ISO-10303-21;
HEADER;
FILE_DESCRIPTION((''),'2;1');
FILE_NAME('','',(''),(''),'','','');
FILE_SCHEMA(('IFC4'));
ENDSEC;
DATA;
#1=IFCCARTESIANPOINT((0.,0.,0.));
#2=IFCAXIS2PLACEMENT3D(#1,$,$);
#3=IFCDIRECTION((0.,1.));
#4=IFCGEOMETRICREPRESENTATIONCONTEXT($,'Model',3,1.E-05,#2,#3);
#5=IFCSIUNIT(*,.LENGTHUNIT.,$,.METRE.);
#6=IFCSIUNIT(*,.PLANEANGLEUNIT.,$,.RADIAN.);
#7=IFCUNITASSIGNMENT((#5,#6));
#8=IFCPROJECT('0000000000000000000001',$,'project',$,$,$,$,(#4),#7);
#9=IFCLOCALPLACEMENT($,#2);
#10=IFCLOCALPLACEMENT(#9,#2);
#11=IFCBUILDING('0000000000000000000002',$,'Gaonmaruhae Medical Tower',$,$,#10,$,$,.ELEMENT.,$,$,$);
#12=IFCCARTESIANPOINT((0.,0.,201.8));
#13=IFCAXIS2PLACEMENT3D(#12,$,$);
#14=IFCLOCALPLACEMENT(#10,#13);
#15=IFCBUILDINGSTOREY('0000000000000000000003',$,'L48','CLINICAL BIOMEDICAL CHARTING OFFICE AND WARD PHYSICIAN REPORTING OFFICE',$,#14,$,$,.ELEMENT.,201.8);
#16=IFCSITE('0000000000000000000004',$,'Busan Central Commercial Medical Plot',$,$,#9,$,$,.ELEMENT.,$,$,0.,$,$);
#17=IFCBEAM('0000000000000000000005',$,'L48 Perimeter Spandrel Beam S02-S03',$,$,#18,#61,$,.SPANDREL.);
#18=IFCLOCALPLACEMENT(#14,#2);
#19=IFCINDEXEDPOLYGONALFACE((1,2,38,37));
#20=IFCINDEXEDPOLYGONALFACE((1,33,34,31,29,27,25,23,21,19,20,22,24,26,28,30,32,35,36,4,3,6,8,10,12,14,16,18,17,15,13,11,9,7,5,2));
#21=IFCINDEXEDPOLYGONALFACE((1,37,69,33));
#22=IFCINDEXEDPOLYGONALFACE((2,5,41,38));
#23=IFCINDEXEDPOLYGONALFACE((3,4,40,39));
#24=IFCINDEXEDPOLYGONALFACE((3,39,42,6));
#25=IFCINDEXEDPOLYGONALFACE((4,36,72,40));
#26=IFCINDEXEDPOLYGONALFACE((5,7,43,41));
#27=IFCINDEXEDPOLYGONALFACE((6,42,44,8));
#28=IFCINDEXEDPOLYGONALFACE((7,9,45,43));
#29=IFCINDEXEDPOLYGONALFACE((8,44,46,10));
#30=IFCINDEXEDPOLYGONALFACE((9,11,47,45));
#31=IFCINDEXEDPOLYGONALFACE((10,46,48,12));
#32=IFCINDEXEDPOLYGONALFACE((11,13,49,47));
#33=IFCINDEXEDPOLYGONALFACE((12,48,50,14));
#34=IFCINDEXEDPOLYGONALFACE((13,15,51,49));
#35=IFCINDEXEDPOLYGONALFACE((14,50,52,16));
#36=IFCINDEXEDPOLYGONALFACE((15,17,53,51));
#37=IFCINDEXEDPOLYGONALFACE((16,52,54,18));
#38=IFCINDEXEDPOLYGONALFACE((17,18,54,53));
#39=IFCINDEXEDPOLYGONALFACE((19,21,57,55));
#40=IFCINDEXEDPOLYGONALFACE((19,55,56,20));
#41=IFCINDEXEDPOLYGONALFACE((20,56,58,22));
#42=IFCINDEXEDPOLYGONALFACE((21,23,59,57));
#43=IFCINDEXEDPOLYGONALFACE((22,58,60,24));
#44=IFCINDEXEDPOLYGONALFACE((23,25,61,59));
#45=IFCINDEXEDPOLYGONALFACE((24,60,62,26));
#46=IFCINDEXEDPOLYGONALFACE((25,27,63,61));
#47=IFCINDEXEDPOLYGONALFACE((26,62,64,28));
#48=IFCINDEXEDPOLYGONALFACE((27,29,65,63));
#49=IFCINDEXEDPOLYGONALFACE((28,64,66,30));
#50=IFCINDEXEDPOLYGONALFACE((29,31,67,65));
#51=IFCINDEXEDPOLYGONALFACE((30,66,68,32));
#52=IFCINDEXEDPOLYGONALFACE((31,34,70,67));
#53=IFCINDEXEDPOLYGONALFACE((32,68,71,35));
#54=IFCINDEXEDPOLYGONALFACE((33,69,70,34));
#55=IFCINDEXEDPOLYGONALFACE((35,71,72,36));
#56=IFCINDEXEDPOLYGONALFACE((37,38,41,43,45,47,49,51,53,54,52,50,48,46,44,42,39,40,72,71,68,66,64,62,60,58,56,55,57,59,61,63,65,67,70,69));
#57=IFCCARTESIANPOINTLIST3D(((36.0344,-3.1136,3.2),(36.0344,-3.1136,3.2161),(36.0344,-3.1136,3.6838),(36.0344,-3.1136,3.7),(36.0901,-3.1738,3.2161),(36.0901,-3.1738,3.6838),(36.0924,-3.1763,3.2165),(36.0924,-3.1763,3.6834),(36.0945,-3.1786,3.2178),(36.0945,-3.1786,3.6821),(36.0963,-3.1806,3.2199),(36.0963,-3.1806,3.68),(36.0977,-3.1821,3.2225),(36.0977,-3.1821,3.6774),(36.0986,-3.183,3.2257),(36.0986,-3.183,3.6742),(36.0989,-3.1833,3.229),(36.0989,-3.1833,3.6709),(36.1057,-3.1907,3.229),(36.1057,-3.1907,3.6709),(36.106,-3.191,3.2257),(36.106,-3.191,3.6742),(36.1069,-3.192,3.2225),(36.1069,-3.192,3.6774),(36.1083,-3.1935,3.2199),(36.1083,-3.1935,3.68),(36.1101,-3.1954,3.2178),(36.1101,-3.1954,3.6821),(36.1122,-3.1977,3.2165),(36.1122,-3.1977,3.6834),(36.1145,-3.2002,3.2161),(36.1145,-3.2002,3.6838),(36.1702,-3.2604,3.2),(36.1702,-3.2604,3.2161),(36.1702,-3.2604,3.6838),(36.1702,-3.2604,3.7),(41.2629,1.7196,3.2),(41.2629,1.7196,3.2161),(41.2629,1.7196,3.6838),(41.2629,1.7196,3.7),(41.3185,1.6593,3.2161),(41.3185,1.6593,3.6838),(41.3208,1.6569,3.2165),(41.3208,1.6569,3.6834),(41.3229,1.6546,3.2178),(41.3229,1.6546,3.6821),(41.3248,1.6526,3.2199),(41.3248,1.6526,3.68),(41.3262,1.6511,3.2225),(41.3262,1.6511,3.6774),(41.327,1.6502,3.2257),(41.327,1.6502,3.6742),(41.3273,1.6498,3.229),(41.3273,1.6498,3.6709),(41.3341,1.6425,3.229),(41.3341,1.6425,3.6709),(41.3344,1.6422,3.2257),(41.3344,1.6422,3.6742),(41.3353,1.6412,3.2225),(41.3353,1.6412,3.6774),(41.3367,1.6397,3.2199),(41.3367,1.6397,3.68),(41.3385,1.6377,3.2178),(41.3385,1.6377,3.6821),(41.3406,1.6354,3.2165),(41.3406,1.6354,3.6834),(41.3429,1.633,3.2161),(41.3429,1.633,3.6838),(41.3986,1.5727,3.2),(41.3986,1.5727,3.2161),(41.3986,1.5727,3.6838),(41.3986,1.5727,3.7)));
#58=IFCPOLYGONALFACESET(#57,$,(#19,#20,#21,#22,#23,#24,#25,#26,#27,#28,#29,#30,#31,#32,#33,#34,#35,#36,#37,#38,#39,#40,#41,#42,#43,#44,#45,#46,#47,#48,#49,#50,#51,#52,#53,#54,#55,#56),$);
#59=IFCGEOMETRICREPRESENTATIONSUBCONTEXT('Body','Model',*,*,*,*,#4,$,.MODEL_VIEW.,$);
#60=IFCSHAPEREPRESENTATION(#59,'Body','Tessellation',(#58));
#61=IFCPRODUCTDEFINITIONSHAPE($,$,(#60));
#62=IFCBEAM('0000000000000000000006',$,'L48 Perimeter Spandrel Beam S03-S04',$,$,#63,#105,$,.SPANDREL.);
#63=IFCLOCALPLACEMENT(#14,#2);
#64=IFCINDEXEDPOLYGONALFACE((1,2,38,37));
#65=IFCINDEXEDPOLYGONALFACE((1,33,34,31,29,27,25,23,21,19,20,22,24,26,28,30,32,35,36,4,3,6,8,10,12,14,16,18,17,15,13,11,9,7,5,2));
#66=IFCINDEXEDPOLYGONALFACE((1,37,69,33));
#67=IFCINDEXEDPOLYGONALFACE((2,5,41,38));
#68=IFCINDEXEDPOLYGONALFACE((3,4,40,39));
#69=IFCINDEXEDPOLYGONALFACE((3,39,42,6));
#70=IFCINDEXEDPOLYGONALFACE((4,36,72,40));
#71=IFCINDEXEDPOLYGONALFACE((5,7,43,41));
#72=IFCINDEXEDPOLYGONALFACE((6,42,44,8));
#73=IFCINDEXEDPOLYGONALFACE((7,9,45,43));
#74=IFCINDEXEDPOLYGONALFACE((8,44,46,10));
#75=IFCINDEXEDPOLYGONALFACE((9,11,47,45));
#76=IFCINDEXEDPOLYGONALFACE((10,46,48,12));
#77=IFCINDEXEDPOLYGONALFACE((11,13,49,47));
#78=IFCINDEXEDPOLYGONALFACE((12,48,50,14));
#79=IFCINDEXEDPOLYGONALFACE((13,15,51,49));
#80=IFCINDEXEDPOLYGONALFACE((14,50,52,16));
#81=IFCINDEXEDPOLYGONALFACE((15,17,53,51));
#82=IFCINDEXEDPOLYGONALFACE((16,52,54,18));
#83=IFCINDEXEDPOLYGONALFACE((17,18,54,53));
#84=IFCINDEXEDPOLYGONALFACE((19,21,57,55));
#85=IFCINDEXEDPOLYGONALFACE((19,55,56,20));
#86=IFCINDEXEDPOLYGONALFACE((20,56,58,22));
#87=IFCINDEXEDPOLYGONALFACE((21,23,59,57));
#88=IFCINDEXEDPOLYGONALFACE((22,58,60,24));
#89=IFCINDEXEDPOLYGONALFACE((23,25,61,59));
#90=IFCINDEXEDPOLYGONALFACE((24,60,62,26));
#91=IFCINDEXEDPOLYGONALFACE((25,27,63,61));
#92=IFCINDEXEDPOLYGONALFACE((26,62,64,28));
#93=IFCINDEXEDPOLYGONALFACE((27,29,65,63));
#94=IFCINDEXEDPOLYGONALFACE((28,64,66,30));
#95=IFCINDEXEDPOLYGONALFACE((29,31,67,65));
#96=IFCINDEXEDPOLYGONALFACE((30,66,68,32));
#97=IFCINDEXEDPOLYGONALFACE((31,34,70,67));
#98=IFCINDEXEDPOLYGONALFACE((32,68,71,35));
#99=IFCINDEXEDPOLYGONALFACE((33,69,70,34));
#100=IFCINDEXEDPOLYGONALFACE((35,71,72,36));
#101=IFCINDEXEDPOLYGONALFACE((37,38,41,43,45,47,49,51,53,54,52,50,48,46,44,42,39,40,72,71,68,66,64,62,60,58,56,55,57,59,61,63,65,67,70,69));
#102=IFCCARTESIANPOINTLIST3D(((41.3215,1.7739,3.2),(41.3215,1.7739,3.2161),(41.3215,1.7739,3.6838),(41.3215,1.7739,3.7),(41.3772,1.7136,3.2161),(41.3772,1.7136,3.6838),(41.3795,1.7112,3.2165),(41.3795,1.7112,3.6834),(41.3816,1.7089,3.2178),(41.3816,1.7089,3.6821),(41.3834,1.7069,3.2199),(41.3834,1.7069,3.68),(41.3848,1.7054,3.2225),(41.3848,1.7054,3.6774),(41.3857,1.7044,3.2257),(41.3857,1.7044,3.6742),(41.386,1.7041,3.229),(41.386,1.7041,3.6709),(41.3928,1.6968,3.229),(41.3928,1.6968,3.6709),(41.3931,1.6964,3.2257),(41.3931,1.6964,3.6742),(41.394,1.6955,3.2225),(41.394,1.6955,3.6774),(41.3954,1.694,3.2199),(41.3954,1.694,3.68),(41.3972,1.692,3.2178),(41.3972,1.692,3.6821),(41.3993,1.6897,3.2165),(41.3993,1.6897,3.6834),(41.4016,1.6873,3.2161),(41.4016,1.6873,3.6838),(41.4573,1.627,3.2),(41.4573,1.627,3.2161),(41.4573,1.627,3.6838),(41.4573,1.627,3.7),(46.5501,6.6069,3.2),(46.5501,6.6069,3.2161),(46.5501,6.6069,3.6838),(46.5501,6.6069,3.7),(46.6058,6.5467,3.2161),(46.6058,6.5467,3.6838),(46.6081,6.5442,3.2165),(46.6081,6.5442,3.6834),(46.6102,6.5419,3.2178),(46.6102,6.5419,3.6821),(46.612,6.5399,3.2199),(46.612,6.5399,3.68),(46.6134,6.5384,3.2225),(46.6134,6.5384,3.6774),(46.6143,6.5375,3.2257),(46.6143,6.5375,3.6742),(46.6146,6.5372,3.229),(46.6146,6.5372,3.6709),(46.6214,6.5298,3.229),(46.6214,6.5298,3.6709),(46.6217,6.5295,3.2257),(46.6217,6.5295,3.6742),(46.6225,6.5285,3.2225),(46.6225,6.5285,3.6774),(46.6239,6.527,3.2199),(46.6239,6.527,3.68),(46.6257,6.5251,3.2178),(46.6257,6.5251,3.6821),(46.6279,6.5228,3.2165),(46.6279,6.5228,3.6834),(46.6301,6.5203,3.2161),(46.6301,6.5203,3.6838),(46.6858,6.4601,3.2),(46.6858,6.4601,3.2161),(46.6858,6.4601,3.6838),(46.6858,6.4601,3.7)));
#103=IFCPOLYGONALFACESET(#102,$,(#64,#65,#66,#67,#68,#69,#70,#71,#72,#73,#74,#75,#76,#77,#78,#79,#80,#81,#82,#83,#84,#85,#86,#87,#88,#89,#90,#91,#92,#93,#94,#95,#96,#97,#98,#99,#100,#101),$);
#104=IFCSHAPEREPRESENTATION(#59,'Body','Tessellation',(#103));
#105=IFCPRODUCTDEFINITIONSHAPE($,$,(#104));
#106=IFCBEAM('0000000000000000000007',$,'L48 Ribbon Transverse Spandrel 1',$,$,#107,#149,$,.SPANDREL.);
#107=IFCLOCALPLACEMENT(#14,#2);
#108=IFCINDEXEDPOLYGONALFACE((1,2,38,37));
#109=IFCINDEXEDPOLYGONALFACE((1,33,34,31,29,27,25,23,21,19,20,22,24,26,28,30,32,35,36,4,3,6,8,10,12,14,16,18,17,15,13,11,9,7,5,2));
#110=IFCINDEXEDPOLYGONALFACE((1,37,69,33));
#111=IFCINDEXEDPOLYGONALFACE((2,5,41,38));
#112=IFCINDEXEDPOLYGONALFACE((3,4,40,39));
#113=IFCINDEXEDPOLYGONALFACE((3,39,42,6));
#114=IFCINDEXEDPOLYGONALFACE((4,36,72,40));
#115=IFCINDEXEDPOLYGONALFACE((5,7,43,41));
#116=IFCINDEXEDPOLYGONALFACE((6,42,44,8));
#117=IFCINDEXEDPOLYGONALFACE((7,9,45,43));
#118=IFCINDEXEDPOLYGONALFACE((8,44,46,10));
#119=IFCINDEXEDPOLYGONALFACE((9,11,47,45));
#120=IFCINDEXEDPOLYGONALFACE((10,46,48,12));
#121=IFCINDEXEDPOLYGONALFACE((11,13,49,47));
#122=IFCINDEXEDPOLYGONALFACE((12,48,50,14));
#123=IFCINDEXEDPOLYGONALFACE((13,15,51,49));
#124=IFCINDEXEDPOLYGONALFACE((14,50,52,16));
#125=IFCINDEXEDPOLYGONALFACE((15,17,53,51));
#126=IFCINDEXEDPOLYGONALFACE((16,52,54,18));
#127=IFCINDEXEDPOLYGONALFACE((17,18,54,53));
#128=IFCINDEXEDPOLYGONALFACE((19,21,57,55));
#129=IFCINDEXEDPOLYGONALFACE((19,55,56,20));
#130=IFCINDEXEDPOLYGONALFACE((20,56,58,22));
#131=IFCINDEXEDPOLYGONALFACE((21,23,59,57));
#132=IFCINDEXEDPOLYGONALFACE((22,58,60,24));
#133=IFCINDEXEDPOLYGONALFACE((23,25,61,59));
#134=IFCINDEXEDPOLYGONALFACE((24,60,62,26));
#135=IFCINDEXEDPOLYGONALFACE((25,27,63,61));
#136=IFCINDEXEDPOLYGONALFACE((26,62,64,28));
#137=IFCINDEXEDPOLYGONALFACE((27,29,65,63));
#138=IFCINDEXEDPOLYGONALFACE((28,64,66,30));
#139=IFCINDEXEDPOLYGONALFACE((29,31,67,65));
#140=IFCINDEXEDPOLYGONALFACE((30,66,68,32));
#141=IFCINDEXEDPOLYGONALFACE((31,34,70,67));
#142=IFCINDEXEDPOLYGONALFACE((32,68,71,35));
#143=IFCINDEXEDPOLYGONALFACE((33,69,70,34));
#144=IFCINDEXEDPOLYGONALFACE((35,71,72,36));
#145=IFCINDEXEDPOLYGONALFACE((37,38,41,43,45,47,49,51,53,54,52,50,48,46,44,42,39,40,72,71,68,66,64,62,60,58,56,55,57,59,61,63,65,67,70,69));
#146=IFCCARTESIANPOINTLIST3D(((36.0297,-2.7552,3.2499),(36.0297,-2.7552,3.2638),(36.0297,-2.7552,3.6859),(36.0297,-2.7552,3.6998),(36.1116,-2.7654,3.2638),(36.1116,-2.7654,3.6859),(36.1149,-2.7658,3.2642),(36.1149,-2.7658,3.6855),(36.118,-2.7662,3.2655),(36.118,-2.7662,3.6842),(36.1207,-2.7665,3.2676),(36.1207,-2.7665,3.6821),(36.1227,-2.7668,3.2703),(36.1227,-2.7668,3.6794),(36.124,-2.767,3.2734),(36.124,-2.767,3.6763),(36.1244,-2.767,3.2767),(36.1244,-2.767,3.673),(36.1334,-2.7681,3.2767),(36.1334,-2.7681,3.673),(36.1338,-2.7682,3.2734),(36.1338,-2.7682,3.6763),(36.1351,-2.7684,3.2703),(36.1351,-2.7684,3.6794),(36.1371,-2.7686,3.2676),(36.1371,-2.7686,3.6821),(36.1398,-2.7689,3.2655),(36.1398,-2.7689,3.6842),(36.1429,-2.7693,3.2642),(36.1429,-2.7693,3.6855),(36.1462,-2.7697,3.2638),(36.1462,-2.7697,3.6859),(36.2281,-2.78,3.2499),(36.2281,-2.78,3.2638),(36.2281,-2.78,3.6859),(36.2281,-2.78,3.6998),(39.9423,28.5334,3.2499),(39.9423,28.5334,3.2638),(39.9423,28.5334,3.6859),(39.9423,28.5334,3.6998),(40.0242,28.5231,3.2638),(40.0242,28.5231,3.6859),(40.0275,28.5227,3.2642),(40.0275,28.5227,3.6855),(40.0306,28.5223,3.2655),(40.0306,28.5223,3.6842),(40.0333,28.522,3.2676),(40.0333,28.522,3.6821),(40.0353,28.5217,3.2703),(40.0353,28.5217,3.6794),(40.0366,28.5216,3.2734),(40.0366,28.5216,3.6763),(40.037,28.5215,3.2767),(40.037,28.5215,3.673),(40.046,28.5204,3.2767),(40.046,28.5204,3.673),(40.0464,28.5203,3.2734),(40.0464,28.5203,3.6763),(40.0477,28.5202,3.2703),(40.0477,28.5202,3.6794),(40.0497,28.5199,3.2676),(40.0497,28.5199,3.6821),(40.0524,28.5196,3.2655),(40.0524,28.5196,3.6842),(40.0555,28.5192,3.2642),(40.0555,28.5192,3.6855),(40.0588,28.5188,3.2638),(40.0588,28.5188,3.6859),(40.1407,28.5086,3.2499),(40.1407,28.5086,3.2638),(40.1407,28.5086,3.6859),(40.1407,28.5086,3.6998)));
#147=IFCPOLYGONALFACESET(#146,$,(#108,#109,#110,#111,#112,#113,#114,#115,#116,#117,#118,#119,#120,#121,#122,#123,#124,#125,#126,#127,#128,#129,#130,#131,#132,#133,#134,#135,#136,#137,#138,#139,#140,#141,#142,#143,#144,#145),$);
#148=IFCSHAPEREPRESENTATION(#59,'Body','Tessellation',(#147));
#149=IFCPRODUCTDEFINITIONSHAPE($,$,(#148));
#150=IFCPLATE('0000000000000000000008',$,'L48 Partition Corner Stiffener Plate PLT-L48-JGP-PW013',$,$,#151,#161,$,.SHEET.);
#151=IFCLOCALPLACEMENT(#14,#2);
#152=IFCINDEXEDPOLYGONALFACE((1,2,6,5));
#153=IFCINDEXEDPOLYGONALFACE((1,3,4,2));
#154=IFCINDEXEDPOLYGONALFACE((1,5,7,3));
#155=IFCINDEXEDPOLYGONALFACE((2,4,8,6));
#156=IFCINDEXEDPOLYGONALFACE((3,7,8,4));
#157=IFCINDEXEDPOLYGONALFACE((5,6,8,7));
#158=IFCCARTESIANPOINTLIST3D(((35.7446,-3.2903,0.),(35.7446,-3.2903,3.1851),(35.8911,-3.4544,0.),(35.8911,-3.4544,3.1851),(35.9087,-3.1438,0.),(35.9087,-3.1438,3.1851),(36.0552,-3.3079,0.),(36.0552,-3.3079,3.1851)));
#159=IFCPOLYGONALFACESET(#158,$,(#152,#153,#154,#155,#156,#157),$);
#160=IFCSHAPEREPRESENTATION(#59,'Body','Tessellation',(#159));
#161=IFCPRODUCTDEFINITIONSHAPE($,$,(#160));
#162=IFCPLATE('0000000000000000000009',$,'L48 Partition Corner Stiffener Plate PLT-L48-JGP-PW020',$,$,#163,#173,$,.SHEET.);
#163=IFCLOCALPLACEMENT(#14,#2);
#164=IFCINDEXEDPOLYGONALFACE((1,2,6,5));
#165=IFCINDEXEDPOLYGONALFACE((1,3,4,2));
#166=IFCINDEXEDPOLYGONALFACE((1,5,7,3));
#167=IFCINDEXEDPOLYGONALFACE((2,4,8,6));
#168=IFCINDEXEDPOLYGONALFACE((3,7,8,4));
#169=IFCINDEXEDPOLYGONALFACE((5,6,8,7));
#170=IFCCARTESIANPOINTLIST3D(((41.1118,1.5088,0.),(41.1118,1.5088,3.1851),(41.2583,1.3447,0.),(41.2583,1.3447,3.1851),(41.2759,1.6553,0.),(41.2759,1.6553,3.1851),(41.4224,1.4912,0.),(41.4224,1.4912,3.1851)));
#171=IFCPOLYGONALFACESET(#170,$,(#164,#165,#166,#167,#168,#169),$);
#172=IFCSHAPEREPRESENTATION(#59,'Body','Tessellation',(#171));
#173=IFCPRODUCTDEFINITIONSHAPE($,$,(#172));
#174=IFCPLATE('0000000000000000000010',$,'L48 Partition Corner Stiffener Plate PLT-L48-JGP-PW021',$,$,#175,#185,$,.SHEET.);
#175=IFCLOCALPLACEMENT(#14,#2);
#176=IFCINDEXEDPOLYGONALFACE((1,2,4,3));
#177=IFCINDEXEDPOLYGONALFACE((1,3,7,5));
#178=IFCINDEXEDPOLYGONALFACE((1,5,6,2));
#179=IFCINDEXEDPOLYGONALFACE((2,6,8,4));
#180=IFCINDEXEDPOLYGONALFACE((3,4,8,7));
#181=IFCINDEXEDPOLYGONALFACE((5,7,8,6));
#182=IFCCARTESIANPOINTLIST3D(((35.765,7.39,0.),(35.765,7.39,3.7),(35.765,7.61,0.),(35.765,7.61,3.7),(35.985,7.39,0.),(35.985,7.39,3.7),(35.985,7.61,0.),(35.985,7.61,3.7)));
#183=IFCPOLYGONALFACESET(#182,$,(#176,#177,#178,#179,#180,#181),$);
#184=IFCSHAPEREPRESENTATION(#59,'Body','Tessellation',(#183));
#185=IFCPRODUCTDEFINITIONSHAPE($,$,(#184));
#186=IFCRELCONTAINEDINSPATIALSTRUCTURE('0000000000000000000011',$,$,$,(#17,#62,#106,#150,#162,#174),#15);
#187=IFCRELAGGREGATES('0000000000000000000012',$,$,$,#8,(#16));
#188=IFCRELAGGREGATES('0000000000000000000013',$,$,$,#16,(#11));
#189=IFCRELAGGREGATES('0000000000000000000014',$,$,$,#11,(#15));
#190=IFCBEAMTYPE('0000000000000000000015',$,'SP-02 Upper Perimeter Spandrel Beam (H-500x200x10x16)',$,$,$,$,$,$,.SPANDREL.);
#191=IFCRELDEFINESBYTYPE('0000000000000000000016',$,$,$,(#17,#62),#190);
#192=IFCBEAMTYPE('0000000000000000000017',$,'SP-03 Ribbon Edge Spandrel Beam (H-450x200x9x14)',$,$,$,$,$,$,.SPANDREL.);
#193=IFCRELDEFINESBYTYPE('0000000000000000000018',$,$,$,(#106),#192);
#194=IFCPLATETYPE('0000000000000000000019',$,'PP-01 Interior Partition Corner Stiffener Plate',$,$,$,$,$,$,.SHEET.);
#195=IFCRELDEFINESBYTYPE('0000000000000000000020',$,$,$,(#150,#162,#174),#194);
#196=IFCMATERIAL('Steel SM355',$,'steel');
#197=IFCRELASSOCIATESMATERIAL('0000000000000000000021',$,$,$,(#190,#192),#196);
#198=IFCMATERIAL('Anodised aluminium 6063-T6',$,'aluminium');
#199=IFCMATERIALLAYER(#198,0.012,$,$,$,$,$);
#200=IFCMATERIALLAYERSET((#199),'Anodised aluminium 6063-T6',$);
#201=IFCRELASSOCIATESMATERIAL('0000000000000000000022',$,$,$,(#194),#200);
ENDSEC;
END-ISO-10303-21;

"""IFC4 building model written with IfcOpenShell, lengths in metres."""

from ifc_helpers import new_model, si_unit, direction, frame, origin, origin_2d, place, context, subcontext, project, spatial, rectangle, i_section, extrude, material, layer, layer_set, material_profile, profile_set, type_object, element, save


model = new_model("IFC4")

# Units and contexts
model_context = context("Model", 3, precision=1e-05, world=origin(), true_north=direction((0.0, 1.0)))
body_context = subcontext(model_context, "Body", "Model", "MODEL_VIEW")
ifc_project = project(units=[si_unit("LENGTHUNIT", "METRE"), si_unit("PLANEANGLEUNIT", "RADIAN")], contexts=[model_context])

# Site, building, storey
site_placement = place(None, origin())
site = spatial("IfcSite", under=ifc_project, at=site_placement, Name="Busan Central Commercial Medical Plot", CompositionType="ELEMENT", RefElevation=0.0)
building_placement = place(site_placement, origin())
building = spatial("IfcBuilding", under=site, at=building_placement, Name="Gaonmaruhae Medical Tower", CompositionType="ELEMENT")
storey_placement = place(building_placement, frame((0.0, 0.0, 201.8)))
storey = spatial("IfcBuildingStorey", under=building, at=storey_placement, Name="L48", Description="CLINICAL BIOMEDICAL CHARTING OFFICE AND WARD PHYSICIAN REPORTING OFFICE", CompositionType="ELEMENT", Elevation=201.8)

# Beams
ifc_material_1 = material(Name="Steel SM355", Category="steel")
ifc_material_profile_1 = material_profile(ifc_material_1, i_section(OverallWidth=0.2, OverallDepth=0.5, WebThickness=0.01, FlangeThickness=0.0161, FilletRadius=0.0129, at=origin_2d()), Name="H-500x200x10x16")
ifc_profile_set_1 = profile_set([ifc_material_profile_1], Name="Steel SM355")
beam_type_1 = type_object("IfcBeamType", Name="SP-02 Upper Perimeter Spandrel Beam (H-500x200x10x16)", PredefinedType="SPANDREL", material=ifc_profile_set_1)
for number, where, z_axis, x_axis, name in (
    (1, (36.1023, -3.187, 3.45), (0.734318, 0.678805, 0.0), (-0.678805, 0.734318, 0.0), "L48 Perimeter Spandrel Beam S02-S03"),
    (2, (41.3894, 1.7004, 3.45), (0.734335, 0.678787, 0.0), (-0.678787, 0.734335, 0.0), "L48 Perimeter Spandrel Beam S03-S04"),
):
    element("IfcBeam", number, at=place(storey_placement, frame(where, z_axis=z_axis, x_axis=x_axis)), inside=storey, type_object=beam_type_1, Name=name, PredefinedType="SPANDREL", context=body_context, shape_type="SweptSolid", body=[
        extrude(i_section(OverallWidth=0.2, OverallDepth=0.5, WebThickness=0.01, FlangeThickness=0.0161, FilletRadius=0.0129, at=origin_2d()), origin(), (0.0, 0.0, 1.0), 7.1201),
    ])
ifc_material_profile_2 = material_profile(ifc_material_1, i_section(OverallWidth=0.2, OverallDepth=0.45, WebThickness=0.009, FlangeThickness=0.0139, FilletRadius=0.0129, at=origin_2d()), Name="H-450x200x9x14")
ifc_profile_set_2 = profile_set([ifc_material_profile_2], Name="Steel SM355")
beam_type_2 = type_object("IfcBeamType", Name="SP-03 Ribbon Edge Spandrel Beam (H-450x200x9x14)", PredefinedType="SPANDREL", material=ifc_profile_set_2)
beam_1_placement = place(storey_placement, frame((36.1289, -2.7676, 3.4749), z_axis=(0.124082, 0.992272, 0.0), x_axis=(-0.992272, 0.124082, 0.0)))
element("IfcBeam", 3, at=beam_1_placement, inside=storey, type_object=beam_type_2, Name="L48 Ribbon Transverse Spandrel 1", PredefinedType="SPANDREL", context=body_context, shape_type="SweptSolid", body=[
    extrude(i_section(OverallWidth=0.2, OverallDepth=0.45, WebThickness=0.009, FlangeThickness=0.0139, FilletRadius=0.0129, at=origin_2d()), origin(), (0.0, 0.0, 1.0), 31.5322),
])

# Plates
ifc_material_2 = material(Name="Anodised aluminium 6063-T6", Category="aluminium")
ifc_layer_1 = layer(ifc_material_2, 0.012)
ifc_layer_set_1 = layer_set([ifc_layer_1], Name="Anodised aluminium 6063-T6")
plate_type = type_object("IfcPlateType", Name="PP-01 Interior Partition Corner Stiffener Plate", PredefinedType="SHEET", material=ifc_layer_set_1)
for number, where, z_axis, x_axis, name in (
    (4, (35.8999, -3.2991, 0.0), (0.0, 0.0, 1.0), (-0.745895, -0.666064, 0.0), "L48 Partition Corner Stiffener Plate PLT-L48-JGP-PW013"),
    (5, (41.2671, 1.5, 0.0), (0.0, 0.0, 1.0), (-0.745825, -0.666142, 0.0), "L48 Partition Corner Stiffener Plate PLT-L48-JGP-PW020"),
):
    element("IfcPlate", number, at=place(storey_placement, frame(where, z_axis=z_axis, x_axis=x_axis)), inside=storey, type_object=plate_type, Name=name, PredefinedType="SHEET", context=body_context, shape_type="SweptSolid", body=[
        extrude(rectangle(XDim=0.22, YDim=0.22, at=origin_2d()), origin(), (0.0, 0.0, 1.0), 3.1851),
    ])
plate_placement = place(storey_placement, frame((35.875, 7.5, 0.0), z_axis=(0.0, 0.0, 1.0), x_axis=(1.0, 0.0, 0.0)))
element("IfcPlate", 6, at=plate_placement, inside=storey, type_object=plate_type, Name="L48 Partition Corner Stiffener Plate PLT-L48-JGP-PW021", PredefinedType="SHEET", context=body_context, shape_type="SweptSolid", body=[
    extrude(rectangle(XDim=0.22, YDim=0.22, at=origin_2d()), origin(), (0.0, 0.0, 1.0), 3.7),
])

save(model, "model.ifc")
